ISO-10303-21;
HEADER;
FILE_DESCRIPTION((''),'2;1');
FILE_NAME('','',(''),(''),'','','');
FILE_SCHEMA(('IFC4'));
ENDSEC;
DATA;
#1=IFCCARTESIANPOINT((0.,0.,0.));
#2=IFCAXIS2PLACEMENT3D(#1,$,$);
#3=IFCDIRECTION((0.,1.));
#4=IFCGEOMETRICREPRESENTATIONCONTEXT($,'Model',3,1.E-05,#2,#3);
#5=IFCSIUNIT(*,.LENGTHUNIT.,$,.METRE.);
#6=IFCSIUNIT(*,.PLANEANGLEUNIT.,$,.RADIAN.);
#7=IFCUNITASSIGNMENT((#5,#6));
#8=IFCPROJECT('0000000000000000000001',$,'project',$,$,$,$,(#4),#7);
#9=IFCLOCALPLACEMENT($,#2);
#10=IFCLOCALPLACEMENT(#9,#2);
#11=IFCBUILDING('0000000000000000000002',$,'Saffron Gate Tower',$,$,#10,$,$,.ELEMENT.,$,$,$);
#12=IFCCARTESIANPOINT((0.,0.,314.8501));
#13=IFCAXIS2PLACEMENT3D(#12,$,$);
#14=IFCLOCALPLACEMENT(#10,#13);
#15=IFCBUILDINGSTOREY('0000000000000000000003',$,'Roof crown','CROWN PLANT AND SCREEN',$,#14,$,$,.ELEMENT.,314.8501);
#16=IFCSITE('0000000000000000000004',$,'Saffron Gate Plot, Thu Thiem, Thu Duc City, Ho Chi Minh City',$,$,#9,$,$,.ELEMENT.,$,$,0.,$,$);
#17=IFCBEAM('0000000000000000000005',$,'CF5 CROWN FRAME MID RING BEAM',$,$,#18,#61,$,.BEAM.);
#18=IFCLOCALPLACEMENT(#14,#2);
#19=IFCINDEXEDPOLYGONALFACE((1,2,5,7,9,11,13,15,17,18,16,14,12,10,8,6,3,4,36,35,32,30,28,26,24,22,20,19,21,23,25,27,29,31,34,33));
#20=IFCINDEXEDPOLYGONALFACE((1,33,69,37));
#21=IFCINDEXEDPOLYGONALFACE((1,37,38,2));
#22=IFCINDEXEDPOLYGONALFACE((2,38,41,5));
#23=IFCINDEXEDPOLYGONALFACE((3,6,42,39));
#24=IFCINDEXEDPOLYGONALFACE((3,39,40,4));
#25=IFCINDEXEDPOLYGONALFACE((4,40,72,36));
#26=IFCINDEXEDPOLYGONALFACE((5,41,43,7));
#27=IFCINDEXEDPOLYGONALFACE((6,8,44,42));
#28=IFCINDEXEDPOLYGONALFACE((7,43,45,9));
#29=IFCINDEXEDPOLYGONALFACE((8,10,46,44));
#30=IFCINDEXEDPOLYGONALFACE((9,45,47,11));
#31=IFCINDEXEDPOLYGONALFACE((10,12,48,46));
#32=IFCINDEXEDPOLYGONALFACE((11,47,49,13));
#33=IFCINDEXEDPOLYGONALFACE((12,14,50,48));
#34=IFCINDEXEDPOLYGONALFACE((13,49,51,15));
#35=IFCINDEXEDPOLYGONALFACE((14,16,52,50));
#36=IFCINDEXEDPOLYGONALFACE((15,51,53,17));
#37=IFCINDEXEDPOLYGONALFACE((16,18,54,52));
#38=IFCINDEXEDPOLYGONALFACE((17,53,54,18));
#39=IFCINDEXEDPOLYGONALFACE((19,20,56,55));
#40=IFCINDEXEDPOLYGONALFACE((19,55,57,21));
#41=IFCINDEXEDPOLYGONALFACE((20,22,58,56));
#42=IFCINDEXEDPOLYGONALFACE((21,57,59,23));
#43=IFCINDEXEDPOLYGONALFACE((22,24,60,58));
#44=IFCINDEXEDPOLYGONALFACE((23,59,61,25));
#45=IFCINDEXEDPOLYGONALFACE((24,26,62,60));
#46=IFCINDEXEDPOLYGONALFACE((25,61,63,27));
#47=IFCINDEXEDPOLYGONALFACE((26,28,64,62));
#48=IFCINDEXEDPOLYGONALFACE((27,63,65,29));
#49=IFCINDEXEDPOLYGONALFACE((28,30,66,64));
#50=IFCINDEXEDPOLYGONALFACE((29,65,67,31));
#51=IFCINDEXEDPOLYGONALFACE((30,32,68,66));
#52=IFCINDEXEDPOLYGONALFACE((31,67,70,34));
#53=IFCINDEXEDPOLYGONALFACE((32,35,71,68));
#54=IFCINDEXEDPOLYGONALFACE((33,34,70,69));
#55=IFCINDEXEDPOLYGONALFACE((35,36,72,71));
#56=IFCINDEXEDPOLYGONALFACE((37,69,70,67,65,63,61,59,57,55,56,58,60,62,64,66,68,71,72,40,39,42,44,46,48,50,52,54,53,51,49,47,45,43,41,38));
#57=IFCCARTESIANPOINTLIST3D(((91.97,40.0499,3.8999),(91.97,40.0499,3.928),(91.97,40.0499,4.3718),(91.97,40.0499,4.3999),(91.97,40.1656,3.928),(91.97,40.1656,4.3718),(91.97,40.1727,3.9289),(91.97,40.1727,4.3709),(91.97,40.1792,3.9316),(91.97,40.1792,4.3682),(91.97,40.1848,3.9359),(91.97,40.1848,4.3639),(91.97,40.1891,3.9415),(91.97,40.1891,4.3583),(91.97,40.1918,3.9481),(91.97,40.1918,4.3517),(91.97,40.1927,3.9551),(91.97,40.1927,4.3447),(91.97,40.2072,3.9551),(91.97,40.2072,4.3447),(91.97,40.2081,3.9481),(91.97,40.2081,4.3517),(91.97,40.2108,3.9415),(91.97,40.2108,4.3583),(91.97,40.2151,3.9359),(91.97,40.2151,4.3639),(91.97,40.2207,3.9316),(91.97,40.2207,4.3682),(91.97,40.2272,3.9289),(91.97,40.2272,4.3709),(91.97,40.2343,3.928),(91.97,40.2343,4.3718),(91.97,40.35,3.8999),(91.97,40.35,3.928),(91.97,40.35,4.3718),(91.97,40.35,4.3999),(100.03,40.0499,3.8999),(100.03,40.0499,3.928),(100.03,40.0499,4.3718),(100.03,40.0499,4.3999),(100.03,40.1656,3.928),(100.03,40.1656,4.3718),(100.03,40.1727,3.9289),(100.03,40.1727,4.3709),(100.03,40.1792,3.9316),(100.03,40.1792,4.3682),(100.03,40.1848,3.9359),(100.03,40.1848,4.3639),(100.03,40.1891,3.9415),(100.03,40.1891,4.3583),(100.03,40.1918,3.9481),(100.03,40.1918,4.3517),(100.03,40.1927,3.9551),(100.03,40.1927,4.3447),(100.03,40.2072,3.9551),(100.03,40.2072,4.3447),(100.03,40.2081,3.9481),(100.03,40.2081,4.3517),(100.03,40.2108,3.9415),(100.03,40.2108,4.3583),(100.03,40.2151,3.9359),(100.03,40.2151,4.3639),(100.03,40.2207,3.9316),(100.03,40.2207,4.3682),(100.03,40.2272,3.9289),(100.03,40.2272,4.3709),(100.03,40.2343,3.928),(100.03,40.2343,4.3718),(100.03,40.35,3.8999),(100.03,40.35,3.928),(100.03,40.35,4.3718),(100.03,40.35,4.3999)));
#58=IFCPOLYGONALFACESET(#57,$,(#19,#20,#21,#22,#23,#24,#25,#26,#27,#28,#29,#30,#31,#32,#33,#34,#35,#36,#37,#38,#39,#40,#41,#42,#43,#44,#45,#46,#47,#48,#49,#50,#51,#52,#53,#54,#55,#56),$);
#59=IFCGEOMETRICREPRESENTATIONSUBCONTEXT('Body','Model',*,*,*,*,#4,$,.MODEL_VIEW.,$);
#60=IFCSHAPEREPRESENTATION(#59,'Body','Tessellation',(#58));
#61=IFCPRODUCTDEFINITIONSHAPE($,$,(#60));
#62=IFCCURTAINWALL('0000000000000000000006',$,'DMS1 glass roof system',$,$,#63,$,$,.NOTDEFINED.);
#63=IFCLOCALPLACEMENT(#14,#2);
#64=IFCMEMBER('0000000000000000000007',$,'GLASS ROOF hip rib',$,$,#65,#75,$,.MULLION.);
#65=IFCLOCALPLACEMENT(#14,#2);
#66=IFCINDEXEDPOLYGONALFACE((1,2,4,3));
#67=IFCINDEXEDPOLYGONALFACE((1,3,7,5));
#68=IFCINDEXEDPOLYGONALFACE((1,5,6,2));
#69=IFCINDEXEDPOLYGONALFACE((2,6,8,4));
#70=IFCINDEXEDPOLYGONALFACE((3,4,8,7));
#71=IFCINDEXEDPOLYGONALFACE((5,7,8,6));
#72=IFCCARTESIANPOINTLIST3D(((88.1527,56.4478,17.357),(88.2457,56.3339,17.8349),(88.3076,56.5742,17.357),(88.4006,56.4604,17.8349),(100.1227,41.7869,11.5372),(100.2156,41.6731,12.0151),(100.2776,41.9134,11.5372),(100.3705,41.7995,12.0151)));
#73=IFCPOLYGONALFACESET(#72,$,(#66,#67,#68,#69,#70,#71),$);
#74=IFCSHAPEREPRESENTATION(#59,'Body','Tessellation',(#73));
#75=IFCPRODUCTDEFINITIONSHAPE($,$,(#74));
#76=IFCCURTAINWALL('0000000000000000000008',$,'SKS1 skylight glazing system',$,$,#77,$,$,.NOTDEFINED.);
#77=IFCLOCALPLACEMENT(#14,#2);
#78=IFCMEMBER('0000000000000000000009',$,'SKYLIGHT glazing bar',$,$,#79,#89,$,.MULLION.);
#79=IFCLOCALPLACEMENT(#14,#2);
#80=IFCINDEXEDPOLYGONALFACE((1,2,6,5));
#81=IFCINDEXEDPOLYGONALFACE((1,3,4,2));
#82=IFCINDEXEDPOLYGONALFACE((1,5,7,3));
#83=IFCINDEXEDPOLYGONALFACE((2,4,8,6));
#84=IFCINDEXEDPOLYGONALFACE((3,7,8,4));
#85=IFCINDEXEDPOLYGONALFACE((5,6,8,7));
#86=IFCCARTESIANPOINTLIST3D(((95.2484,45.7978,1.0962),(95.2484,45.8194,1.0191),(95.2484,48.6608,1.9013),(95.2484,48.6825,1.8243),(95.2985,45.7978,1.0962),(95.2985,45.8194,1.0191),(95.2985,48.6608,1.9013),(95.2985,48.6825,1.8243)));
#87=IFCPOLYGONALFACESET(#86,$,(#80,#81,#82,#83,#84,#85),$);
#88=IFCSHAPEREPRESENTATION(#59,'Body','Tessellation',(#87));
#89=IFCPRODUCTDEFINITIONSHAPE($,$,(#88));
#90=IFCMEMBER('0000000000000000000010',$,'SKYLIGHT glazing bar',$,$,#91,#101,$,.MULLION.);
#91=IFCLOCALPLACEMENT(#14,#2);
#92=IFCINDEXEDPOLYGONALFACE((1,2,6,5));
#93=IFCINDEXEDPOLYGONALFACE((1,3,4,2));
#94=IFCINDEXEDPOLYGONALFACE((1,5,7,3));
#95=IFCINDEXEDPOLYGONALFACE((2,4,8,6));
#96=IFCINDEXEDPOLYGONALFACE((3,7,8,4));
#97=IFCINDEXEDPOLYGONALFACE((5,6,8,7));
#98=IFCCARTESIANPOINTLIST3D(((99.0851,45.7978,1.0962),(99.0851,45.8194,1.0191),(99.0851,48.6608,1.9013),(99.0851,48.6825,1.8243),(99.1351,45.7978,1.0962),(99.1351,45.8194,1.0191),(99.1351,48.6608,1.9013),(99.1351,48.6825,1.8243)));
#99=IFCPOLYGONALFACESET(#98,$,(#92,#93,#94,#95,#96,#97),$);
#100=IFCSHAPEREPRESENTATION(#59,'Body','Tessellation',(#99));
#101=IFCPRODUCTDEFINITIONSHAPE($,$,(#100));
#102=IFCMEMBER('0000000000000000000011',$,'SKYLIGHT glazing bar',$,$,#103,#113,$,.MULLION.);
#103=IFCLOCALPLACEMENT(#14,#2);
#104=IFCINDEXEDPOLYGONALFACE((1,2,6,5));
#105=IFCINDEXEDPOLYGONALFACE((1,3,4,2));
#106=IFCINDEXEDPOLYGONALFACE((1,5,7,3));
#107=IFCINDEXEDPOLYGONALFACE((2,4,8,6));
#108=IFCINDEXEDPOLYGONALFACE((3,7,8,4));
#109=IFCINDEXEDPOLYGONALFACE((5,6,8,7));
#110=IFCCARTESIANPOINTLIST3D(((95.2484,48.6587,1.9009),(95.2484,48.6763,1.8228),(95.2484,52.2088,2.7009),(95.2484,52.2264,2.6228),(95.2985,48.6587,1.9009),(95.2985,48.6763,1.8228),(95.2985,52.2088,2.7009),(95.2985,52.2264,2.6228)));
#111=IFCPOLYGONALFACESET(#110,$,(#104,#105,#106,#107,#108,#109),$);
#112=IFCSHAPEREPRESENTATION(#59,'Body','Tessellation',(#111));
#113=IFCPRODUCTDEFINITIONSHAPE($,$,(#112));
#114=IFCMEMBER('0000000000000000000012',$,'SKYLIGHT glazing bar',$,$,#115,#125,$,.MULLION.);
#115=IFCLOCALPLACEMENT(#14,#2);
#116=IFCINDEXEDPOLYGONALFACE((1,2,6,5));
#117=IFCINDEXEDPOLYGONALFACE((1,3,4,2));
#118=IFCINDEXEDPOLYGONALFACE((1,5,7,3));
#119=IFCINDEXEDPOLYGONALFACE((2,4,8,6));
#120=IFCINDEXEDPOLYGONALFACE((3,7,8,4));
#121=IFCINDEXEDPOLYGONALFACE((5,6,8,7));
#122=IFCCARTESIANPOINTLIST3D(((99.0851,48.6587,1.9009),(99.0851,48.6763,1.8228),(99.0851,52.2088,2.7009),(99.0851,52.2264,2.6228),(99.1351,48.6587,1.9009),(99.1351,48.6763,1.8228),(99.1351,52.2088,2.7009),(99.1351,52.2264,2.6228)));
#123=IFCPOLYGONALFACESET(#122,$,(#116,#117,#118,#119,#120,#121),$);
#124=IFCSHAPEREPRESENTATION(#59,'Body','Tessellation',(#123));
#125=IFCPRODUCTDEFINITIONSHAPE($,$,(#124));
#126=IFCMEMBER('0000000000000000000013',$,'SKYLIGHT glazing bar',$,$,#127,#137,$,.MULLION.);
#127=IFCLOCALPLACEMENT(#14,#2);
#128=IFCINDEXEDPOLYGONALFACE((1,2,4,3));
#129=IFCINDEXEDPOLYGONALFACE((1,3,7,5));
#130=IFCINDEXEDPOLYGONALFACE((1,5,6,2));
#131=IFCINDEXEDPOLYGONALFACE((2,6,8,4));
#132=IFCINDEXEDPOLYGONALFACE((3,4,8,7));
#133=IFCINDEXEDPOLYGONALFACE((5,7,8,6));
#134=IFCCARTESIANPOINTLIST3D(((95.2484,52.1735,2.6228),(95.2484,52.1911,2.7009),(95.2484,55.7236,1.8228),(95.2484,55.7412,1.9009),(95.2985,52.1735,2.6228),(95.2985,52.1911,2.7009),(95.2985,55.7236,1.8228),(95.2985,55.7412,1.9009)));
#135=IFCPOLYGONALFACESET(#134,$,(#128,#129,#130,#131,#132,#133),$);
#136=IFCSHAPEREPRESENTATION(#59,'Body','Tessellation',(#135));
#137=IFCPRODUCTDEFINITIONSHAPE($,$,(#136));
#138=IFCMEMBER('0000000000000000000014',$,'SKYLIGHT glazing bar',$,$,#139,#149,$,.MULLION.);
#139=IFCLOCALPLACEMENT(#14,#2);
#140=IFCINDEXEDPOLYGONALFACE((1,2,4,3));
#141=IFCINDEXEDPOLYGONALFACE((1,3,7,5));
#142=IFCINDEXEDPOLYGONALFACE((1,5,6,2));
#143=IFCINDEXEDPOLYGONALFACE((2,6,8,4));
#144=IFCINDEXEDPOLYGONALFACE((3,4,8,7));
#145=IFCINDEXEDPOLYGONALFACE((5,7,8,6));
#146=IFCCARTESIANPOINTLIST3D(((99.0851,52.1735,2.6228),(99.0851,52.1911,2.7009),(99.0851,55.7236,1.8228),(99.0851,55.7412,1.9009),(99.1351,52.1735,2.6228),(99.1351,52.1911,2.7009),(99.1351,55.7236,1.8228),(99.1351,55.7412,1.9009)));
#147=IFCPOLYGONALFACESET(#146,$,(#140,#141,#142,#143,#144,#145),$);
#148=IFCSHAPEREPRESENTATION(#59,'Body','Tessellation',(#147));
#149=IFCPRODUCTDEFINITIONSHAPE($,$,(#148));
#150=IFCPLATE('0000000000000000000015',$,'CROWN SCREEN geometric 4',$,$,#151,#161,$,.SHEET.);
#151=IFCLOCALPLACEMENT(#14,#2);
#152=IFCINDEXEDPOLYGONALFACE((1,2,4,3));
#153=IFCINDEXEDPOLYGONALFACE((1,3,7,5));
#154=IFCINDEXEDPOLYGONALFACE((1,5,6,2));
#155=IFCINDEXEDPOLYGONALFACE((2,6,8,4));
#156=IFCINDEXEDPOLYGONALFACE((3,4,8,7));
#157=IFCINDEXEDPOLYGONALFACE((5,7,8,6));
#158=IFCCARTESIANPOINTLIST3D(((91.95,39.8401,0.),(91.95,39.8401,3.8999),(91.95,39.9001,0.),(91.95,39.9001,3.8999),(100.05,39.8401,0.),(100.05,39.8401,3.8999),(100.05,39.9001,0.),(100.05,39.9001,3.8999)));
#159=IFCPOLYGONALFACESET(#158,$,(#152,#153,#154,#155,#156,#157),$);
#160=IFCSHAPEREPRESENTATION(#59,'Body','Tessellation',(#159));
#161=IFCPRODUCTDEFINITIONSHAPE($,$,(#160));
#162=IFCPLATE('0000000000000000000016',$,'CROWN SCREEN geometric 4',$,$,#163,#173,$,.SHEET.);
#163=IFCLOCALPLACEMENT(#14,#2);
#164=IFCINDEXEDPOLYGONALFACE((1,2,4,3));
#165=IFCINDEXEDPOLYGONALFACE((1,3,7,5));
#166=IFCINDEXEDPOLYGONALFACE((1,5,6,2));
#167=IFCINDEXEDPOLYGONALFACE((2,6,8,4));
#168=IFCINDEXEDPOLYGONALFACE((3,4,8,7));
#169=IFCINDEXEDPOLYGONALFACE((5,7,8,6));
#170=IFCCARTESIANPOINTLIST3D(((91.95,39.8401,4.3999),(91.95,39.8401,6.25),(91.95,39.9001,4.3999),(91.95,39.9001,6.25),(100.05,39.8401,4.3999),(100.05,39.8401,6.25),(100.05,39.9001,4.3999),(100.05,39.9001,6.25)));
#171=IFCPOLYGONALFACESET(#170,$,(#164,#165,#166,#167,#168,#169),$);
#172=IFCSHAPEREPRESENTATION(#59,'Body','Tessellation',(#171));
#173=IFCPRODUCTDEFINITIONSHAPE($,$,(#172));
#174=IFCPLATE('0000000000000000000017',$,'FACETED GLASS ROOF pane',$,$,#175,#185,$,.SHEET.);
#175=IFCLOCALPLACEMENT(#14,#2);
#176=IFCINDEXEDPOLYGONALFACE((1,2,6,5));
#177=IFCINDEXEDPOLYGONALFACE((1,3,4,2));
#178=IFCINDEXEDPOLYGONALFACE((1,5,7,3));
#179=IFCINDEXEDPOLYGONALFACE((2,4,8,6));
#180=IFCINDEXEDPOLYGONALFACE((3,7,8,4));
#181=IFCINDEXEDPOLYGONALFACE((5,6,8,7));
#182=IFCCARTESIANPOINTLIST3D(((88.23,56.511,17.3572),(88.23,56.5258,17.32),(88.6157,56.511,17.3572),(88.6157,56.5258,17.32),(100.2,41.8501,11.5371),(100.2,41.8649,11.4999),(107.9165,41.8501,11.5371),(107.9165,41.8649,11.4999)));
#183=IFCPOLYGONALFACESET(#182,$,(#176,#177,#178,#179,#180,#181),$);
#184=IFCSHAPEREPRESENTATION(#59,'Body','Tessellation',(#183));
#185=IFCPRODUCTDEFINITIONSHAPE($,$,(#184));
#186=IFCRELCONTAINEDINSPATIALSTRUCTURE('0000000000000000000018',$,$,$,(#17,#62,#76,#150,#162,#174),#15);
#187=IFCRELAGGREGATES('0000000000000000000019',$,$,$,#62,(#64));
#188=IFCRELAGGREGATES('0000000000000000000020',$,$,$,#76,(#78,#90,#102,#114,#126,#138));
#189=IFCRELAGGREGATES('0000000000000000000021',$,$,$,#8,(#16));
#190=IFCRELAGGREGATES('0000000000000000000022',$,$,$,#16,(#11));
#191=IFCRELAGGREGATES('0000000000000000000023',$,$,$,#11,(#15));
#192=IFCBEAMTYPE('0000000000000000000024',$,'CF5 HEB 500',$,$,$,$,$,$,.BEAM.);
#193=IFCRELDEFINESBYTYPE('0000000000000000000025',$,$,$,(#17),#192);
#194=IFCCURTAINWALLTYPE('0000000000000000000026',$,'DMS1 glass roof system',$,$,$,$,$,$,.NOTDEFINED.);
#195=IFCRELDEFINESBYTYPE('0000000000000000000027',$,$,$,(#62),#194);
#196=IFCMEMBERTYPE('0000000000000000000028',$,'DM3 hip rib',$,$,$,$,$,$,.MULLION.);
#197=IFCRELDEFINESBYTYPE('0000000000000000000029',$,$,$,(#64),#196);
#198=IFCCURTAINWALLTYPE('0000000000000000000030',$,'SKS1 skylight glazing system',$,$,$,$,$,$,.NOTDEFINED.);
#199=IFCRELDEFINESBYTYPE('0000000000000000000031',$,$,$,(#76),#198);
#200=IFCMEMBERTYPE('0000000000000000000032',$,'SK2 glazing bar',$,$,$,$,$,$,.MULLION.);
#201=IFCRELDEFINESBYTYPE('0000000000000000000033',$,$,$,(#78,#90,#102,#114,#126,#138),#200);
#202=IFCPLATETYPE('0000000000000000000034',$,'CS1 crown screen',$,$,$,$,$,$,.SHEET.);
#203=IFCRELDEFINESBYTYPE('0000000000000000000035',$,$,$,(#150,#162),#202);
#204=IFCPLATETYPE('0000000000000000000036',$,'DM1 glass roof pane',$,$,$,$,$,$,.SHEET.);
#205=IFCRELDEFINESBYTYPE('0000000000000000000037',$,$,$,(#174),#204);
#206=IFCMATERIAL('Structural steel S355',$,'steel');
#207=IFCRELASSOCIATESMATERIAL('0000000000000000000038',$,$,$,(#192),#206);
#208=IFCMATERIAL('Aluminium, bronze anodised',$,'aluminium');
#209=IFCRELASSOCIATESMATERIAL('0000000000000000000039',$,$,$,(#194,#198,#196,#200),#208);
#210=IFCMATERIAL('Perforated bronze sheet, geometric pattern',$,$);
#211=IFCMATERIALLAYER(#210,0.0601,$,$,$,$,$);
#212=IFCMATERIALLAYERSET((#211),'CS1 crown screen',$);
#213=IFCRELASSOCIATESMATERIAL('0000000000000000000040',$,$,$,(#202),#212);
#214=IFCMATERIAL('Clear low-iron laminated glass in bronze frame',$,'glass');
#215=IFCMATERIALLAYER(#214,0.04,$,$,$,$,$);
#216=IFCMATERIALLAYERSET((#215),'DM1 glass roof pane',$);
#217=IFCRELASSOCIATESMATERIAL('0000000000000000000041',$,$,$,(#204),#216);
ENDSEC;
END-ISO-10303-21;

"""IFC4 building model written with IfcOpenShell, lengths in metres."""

from ifc_helpers import new_model, si_unit, direction, frame, origin, origin_2d, place, context, subcontext, project, spatial, polyline, rectangle, i_section, outline, extrude, material, layer, layer_set, material_profile, profile_set, type_object, element, aggregate, save


model = new_model("IFC4")

# Units and contexts
model_context = context("Model", 3, precision=1e-05, world=origin(), true_north=direction((0.0, 1.0)))
body_context = subcontext(model_context, "Body", "Model", "MODEL_VIEW")
ifc_project = project(units=[si_unit("LENGTHUNIT", "METRE"), si_unit("PLANEANGLEUNIT", "RADIAN")], contexts=[model_context])

# Site, building, storey
site_placement = place(None, origin())
site = spatial("IfcSite", under=ifc_project, at=site_placement, Name="Saffron Gate Plot, Thu Thiem, Thu Duc City, Ho Chi Minh City", CompositionType="ELEMENT", RefElevation=0.0)
building_placement = place(site_placement, origin())
building = spatial("IfcBuilding", under=site, at=building_placement, Name="Saffron Gate Tower", CompositionType="ELEMENT")
storey_placement = place(building_placement, frame((0.0, 0.0, 314.8501)))
storey = spatial("IfcBuildingStorey", under=building, at=storey_placement, Name="Roof crown", Description="CROWN PLANT AND SCREEN", CompositionType="ELEMENT", Elevation=314.8501)

# Shared definitions
ifc_material_1 = material(Name="Structural steel S355", Category="steel")

# Beam
ifc_material_profile_1 = material_profile(ifc_material_1, i_section(OverallWidth=0.3, OverallDepth=0.5, WebThickness=0.0144, FlangeThickness=0.0281, FilletRadius=0.0271, at=origin_2d()))
ifc_profile_set_1 = profile_set([ifc_material_profile_1], Name="Structural steel S355")
beam_type_1 = type_object("IfcBeamType", Name="CF5 HEB 500", PredefinedType="BEAM", material=ifc_profile_set_1)
beam_1_placement = place(storey_placement, frame((91.97, 40.2, 4.1499), z_axis=(1.0, 0.0, 0.0), x_axis=(0.0, 1.0, 0.0)))
element("IfcBeam", 1, at=beam_1_placement, inside=storey, type_object=beam_type_1, Name="CF5 CROWN FRAME MID RING BEAM", PredefinedType="BEAM", context=body_context, shape_type="SweptSolid", body=[
    extrude(i_section(OverallWidth=0.3, OverallDepth=0.5, WebThickness=0.0144, FlangeThickness=0.0281, FilletRadius=0.0271, at=origin_2d()), origin(), (0.0, 0.0, 1.0), 8.0601),
])

# Curtain wall, member
ifc_material_2 = material(Name="Aluminium, bronze anodised", Category="aluminium")
curtain_wall_type_1 = type_object("IfcCurtainWallType", Name="DMS1 glass roof system", PredefinedType="NOTDEFINED", material=ifc_material_2)
curtain_wall_1_placement = place(storey_placement, origin())
curtain_wall_1 = element("IfcCurtainWall", 2, at=curtain_wall_1_placement, inside=storey, type_object=curtain_wall_type_1, Name="DMS1 glass roof system", PredefinedType="NOTDEFINED")
ifc_material_profile_2 = material_profile(ifc_material_2, rectangle(XDim=0.2, YDim=0.5, at=origin_2d()))
ifc_profile_set_2 = profile_set([ifc_material_profile_2], Name="Aluminium, bronze anodised")
member_type_1 = type_object("IfcMemberType", Name="DM3 hip rib", PredefinedType="MULLION", material=ifc_profile_set_2)
member_1_placement = place(storey_placement, frame((100.2466, 41.7932, 11.7761), z_axis=(-0.604504, 0.7404, 0.293911), x_axis=(-0.774612, -0.632437, 0.0)))
member_1 = element("IfcMember", 3, at=member_1_placement, type_object=member_type_1, Name="GLASS ROOF hip rib", PredefinedType="MULLION", context=body_context, shape_type="SweptSolid", body=[
    extrude(rectangle(XDim=0.2, YDim=0.5, at=origin_2d()), origin(), (0.0, 0.0, 1.0), 19.8013),
])
aggregate(curtain_wall_1, [member_1])

# Curtain wall, members
curtain_wall_type_2 = type_object("IfcCurtainWallType", Name="SKS1 skylight glazing system", PredefinedType="NOTDEFINED", material=ifc_material_2)
curtain_wall_2_placement = place(storey_placement, origin())
curtain_wall_2 = element("IfcCurtainWall", 4, at=curtain_wall_2_placement, inside=storey, type_object=curtain_wall_type_2, Name="SKS1 skylight glazing system", PredefinedType="NOTDEFINED")
ifc_material_profile_3 = material_profile(ifc_material_2, rectangle(XDim=0.05, YDim=0.0801, at=origin_2d()))
ifc_profile_set_3 = profile_set([ifc_material_profile_3], Name="Aluminium, bronze anodised")
member_type_2 = type_object("IfcMemberType", Name="SK2 glazing bar", PredefinedType="MULLION", material=ifc_profile_set_3)
member_2_placement = place(storey_placement, frame((95.2734, 45.8086, 1.0576), z_axis=(0.0, 0.962656, 0.270729), x_axis=(-1.0, 0.0, 0.0)))
member_2 = element("IfcMember", 5, at=member_2_placement, type_object=member_type_2, Name="SKYLIGHT glazing bar", PredefinedType="MULLION", context=body_context, shape_type="SweptSolid", body=[
    extrude(rectangle(XDim=0.05, YDim=0.0801, at=origin_2d()), origin(), (0.0, 0.0, 1.0), 2.9741),
])
member_3_placement = place(storey_placement, frame((99.1101, 45.8086, 1.0576), z_axis=(0.0, 0.962656, 0.270729), x_axis=(-1.0, 0.0, 0.0)))
member_3 = element("IfcMember", 6, at=member_3_placement, type_object=member_type_2, Name="SKYLIGHT glazing bar", PredefinedType="MULLION", context=body_context, shape_type="SweptSolid", body=[
    extrude(rectangle(XDim=0.05, YDim=0.0801, at=origin_2d()), origin(), (0.0, 0.0, 1.0), 2.9741),
])
member_4_placement = place(storey_placement, frame((95.2734, 48.6675, 1.8618), z_axis=(0.0, 0.975534, 0.219849), x_axis=(-1.0, 0.0, 0.0)))
member_4 = element("IfcMember", 7, at=member_4_placement, type_object=member_type_2, Name="SKYLIGHT glazing bar", PredefinedType="MULLION", context=body_context, shape_type="SweptSolid", body=[
    extrude(rectangle(XDim=0.05, YDim=0.0801, at=origin_2d()), origin(), (0.0, 0.0, 1.0), 3.6392),
])
member_5_placement = place(storey_placement, frame((99.1101, 48.6675, 1.8618), z_axis=(0.0, 0.975534, 0.219849), x_axis=(-1.0, 0.0, 0.0)))
member_5 = element("IfcMember", 8, at=member_5_placement, type_object=member_type_2, Name="SKYLIGHT glazing bar", PredefinedType="MULLION", context=body_context, shape_type="SweptSolid", body=[
    extrude(rectangle(XDim=0.05, YDim=0.0801, at=origin_2d()), origin(), (0.0, 0.0, 1.0), 3.6392),
])
member_6_placement = place(storey_placement, frame((95.2734, 55.7324, 1.8618), z_axis=(0.0, -0.975534, 0.219849), x_axis=(1.0, 0.0, 0.0)))
member_6 = element("IfcMember", 9, at=member_6_placement, type_object=member_type_2, Name="SKYLIGHT glazing bar", PredefinedType="MULLION", context=body_context, shape_type="SweptSolid", body=[
    extrude(rectangle(XDim=0.05, YDim=0.0801, at=origin_2d()), origin(), (0.0, 0.0, 1.0), 3.6392),
])
member_7_placement = place(storey_placement, frame((99.1101, 55.7324, 1.8618), z_axis=(0.0, -0.975534, 0.219849), x_axis=(1.0, 0.0, 0.0)))
member_7 = element("IfcMember", 10, at=member_7_placement, type_object=member_type_2, Name="SKYLIGHT glazing bar", PredefinedType="MULLION", context=body_context, shape_type="SweptSolid", body=[
    extrude(rectangle(XDim=0.05, YDim=0.0801, at=origin_2d()), origin(), (0.0, 0.0, 1.0), 3.6392),
])
aggregate(curtain_wall_2, [member_2, member_3, member_4, member_5, member_6, member_7])

# Plates
ifc_material_3 = material(Name="Perforated bronze sheet, geometric pattern")
ifc_layer_1 = layer(ifc_material_3, 0.0601)
ifc_layer_set_1 = layer_set([ifc_layer_1], Name="CS1 crown screen")
plate_type_1 = type_object("IfcPlateType", Name="CS1 crown screen", PredefinedType="SHEET", material=ifc_layer_set_1)
plate_1_placement = place(storey_placement, frame((96.0, 39.8701, 0.0), z_axis=(0.0, 0.0, 1.0), x_axis=(1.0, 0.0, 0.0)))
element("IfcPlate", 11, at=plate_1_placement, inside=storey, type_object=plate_type_1, Name="CROWN SCREEN geometric 4", PredefinedType="SHEET", context=body_context, shape_type="SweptSolid", body=[
    extrude(rectangle(XDim=8.1001, YDim=0.0601, at=origin_2d()), origin(), (0.0, 0.0, 1.0), 3.8999),
])
plate_2_placement = place(storey_placement, frame((96.0, 39.8701, 4.3999), z_axis=(0.0, 0.0, 1.0), x_axis=(1.0, 0.0, 0.0)))
element("IfcPlate", 12, at=plate_2_placement, inside=storey, type_object=plate_type_1, Name="CROWN SCREEN geometric 4", PredefinedType="SHEET", context=body_context, shape_type="SweptSolid", body=[
    extrude(rectangle(XDim=8.1001, YDim=0.0601, at=origin_2d()), origin(), (0.0, 0.0, 1.0), 1.8501),
])
ifc_material_4 = material(Name="Clear low-iron laminated glass in bronze frame", Category="glass")
ifc_layer_2 = layer(ifc_material_4, 0.04)
ifc_layer_set_2 = layer_set([ifc_layer_2], Name="DM1 glass roof pane")
plate_type_2 = type_object("IfcPlateType", Name="DM1 glass roof pane", PredefinedType="SHEET", material=ifc_layer_set_2)
plate_3_placement = place(storey_placement, frame((100.2, 41.8501, 11.5371), z_axis=(0.0, -0.368969, 0.929442), x_axis=(1.0, 0.0, 0.0)))
element("IfcPlate", 13, at=plate_3_placement, inside=storey, type_object=plate_type_2, Name="FACETED GLASS ROOF pane", PredefinedType="SHEET", context=body_context, shape_type="SweptSolid", body=[
    extrude(outline(polyline([(0.0, 0.0), (7.7166, 0.0), (-11.5842, 15.7739), (-11.97, 15.7739), (0.0, 0.0)])), origin(), (0.0, 0.0, -1.0), 0.04),
])

save(model, "model.ifc")
